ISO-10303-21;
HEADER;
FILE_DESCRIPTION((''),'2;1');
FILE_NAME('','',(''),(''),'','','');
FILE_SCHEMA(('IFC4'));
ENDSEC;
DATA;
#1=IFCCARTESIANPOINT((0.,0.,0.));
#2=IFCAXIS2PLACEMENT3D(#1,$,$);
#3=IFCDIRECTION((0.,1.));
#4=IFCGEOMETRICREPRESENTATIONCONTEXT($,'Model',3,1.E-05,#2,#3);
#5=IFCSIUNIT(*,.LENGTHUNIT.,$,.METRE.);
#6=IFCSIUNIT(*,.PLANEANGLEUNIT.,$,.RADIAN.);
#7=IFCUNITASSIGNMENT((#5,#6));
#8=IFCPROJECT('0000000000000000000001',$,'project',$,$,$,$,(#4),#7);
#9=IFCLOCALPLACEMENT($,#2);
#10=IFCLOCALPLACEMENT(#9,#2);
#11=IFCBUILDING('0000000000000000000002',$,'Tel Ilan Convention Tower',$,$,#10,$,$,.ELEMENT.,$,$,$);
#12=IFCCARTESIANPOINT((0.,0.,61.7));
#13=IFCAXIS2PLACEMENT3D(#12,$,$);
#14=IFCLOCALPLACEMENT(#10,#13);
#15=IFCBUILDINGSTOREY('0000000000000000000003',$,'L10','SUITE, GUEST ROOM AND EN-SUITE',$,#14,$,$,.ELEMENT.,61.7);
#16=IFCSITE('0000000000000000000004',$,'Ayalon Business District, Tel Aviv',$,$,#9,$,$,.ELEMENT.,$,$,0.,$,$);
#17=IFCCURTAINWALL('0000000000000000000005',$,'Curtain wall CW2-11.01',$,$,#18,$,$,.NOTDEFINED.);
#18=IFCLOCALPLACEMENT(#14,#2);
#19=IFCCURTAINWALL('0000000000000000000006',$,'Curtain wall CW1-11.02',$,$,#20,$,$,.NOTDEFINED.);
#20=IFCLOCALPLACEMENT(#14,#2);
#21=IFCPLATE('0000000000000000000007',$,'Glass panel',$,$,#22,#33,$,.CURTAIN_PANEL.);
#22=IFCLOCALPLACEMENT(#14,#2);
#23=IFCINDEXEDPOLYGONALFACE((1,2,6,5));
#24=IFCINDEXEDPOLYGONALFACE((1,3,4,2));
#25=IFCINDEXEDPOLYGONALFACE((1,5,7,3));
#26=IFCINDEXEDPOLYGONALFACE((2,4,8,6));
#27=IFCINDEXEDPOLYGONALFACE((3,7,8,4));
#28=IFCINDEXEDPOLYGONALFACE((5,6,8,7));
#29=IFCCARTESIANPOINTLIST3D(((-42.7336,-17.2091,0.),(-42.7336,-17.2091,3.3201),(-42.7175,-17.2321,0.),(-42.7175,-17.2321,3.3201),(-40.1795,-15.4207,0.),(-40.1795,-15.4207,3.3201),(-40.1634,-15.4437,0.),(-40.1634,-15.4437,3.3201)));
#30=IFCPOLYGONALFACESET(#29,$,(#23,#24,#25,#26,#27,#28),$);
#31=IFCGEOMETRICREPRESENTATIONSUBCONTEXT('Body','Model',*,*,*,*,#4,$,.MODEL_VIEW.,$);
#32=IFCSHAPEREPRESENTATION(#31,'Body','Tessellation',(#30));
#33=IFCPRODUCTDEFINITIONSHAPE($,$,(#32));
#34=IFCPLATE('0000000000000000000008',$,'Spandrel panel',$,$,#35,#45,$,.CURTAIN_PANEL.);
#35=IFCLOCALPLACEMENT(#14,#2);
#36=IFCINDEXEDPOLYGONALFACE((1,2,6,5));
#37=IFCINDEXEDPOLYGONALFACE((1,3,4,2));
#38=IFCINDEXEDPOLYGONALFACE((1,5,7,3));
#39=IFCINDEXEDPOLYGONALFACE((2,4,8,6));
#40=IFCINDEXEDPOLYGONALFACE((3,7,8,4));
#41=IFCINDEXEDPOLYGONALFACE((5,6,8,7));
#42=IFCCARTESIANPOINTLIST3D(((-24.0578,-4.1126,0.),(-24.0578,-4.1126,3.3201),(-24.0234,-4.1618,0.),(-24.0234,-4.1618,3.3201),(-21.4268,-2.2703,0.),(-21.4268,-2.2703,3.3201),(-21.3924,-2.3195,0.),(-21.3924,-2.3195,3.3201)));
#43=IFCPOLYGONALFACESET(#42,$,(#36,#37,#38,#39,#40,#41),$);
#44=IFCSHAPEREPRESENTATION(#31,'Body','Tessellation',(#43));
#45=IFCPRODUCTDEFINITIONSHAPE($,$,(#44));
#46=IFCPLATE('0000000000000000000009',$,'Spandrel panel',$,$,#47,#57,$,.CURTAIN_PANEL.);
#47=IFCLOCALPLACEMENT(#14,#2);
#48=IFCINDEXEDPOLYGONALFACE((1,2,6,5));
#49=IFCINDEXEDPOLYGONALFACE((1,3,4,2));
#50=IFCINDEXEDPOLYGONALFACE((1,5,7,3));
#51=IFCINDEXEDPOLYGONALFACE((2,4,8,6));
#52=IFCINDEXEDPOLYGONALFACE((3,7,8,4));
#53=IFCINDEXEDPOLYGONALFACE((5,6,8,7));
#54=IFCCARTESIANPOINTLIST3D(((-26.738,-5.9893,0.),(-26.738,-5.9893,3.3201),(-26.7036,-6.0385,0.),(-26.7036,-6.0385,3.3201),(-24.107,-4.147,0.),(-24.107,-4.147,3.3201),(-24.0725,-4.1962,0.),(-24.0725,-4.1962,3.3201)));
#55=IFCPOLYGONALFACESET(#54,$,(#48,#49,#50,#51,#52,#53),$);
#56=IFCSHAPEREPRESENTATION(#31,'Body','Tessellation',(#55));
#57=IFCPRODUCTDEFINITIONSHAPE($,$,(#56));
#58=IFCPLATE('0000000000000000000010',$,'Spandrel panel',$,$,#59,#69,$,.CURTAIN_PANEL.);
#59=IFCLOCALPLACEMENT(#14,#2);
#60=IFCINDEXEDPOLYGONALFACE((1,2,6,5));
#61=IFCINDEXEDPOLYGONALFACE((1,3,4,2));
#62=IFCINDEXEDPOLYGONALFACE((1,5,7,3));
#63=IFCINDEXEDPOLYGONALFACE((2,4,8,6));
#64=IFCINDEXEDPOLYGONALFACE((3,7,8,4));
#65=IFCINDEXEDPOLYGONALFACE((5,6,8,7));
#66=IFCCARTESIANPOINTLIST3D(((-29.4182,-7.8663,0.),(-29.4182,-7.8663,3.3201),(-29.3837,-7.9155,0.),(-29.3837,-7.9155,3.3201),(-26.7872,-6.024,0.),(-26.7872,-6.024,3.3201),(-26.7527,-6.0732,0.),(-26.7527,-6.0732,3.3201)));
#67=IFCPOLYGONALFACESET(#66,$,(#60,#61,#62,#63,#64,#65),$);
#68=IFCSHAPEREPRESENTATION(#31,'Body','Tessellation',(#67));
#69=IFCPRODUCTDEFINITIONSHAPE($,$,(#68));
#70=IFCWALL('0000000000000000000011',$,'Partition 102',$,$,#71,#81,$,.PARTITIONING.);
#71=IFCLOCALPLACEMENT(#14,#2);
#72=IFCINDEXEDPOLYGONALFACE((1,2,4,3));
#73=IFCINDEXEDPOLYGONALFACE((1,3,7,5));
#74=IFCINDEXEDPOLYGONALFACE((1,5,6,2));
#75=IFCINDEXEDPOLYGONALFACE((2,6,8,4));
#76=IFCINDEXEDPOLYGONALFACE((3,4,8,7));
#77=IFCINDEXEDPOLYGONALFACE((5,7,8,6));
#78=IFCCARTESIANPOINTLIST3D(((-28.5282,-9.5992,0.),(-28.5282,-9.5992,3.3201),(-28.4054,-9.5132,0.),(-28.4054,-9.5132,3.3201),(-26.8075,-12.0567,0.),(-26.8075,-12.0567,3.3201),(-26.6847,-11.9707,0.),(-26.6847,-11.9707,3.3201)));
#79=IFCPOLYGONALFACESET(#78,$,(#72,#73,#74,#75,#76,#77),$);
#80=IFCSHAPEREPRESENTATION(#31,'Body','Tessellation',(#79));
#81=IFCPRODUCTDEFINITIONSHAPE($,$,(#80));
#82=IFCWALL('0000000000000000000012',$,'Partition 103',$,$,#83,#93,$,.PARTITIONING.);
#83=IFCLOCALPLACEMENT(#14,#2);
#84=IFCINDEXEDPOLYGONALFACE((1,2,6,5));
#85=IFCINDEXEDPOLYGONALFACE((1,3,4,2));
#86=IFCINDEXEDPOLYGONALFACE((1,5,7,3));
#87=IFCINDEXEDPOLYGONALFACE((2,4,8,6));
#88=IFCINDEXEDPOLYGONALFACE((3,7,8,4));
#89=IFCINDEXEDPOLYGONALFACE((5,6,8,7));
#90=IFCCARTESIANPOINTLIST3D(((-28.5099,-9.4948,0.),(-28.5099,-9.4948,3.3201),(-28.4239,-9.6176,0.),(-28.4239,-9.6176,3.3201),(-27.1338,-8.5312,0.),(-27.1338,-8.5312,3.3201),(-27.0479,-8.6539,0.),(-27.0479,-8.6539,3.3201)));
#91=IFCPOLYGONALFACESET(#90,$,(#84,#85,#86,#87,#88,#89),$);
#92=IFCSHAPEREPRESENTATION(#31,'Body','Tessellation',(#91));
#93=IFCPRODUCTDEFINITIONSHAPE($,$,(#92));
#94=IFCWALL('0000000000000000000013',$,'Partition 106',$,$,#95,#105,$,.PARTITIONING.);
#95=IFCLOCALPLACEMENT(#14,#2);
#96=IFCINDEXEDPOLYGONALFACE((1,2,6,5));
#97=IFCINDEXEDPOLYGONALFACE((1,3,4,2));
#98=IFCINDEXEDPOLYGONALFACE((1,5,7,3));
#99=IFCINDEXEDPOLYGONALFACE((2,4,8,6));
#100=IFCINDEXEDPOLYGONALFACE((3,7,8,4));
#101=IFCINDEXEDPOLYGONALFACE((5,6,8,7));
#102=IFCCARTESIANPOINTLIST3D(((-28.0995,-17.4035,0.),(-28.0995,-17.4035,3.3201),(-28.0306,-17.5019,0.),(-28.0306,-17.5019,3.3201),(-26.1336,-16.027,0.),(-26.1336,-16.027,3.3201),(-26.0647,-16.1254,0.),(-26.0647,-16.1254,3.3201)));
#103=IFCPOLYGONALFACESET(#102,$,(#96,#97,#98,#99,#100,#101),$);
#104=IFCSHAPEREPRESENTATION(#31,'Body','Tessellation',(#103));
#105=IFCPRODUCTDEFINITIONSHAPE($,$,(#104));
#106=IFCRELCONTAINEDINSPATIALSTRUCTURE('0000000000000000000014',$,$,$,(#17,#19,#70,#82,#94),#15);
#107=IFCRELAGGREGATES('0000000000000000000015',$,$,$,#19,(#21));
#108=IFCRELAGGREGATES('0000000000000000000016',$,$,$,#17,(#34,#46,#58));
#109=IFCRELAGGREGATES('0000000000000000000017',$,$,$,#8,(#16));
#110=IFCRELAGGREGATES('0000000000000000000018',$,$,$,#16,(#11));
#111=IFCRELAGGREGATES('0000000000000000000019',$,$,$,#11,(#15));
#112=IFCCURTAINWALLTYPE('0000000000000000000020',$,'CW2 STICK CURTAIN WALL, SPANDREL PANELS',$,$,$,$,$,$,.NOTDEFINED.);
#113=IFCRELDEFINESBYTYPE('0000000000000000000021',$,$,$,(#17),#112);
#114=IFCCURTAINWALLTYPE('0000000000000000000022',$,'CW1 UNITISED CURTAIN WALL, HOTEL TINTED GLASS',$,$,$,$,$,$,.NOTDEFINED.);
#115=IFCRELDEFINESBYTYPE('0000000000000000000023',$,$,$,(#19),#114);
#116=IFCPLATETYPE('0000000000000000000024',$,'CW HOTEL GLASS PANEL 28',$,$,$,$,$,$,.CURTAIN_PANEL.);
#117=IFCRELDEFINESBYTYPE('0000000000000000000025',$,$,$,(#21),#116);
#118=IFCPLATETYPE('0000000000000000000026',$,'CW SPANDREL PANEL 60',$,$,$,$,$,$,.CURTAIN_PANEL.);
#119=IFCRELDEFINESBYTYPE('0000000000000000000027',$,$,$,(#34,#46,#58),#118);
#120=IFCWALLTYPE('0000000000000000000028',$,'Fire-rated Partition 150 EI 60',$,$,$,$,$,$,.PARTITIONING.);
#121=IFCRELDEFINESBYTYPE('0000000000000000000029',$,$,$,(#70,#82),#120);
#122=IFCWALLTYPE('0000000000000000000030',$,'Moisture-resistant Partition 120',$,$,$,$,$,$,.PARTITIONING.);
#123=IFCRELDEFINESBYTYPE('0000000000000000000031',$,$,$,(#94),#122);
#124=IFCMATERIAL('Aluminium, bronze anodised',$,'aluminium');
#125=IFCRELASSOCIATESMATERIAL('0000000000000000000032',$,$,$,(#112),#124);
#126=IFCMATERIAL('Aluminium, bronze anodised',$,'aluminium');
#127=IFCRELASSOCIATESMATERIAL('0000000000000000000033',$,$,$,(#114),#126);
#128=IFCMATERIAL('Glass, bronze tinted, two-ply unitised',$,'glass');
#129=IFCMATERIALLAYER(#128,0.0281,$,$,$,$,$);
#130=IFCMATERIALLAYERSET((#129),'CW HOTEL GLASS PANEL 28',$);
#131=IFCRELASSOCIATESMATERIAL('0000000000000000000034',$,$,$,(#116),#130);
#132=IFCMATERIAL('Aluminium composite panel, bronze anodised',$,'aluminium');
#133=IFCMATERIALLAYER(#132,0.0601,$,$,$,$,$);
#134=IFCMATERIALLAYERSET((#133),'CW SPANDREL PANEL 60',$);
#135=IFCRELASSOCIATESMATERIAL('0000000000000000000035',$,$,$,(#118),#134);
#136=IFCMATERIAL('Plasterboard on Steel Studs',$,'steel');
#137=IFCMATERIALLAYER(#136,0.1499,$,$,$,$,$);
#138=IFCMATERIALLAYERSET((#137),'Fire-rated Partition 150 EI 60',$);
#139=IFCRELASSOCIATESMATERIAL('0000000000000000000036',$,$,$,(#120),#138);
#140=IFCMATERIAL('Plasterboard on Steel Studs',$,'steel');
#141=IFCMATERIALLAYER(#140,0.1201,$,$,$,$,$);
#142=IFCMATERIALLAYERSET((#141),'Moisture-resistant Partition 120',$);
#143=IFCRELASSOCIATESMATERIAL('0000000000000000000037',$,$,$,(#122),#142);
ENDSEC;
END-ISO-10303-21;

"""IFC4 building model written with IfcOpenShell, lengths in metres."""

from ifc_helpers import new_model, si_unit, direction, frame, frame_2d, origin, origin_2d, place, context, subcontext, project, spatial, rectangle, extrude, material, layer, layer_set, type_object, element, aggregate, save


model = new_model("IFC4")

# Units and contexts
model_context = context("Model", 3, precision=1e-05, world=origin(), true_north=direction((0.0, 1.0)))
body_context = subcontext(model_context, "Body", "Model", "MODEL_VIEW")
ifc_project = project(units=[si_unit("LENGTHUNIT", "METRE"), si_unit("PLANEANGLEUNIT", "RADIAN")], contexts=[model_context])

# Site, building, storey
site_placement = place(None, origin())
site = spatial("IfcSite", under=ifc_project, at=site_placement, Name="Ayalon Business District, Tel Aviv", CompositionType="ELEMENT", RefElevation=0.0)
building_placement = place(site_placement, origin())
building = spatial("IfcBuilding", under=site, at=building_placement, Name="Tel Ilan Convention Tower", CompositionType="ELEMENT")
storey_placement = place(building_placement, frame((0.0, 0.0, 61.7)))
storey = spatial("IfcBuildingStorey", under=building, at=storey_placement, Name="L10", Description="SUITE, GUEST ROOM AND EN-SUITE", CompositionType="ELEMENT", Elevation=61.7)

# Curtain wall
ifc_material_1 = material(Name="Aluminium, bronze anodised", Category="aluminium")
curtain_wall_type_1 = type_object("IfcCurtainWallType", Name="CW2 STICK CURTAIN WALL, SPANDREL PANELS", PredefinedType="NOTDEFINED", material=ifc_material_1)
curtain_wall_1_placement = place(storey_placement, origin())
curtain_wall_1 = element("IfcCurtainWall", 1, at=curtain_wall_1_placement, inside=storey, type_object=curtain_wall_type_1, Name="Curtain wall CW2-11.01", PredefinedType="NOTDEFINED")

# Curtain wall, plate
ifc_material_2 = material(Name="Aluminium, bronze anodised", Category="aluminium")
curtain_wall_type_2 = type_object("IfcCurtainWallType", Name="CW1 UNITISED CURTAIN WALL, HOTEL TINTED GLASS", PredefinedType="NOTDEFINED", material=ifc_material_2)
curtain_wall_2_placement = place(storey_placement, origin())
curtain_wall_2 = element("IfcCurtainWall", 2, at=curtain_wall_2_placement, inside=storey, type_object=curtain_wall_type_2, Name="Curtain wall CW1-11.02", PredefinedType="NOTDEFINED")
ifc_material_3 = material(Name="Glass, bronze tinted, two-ply unitised", Category="glass")
ifc_layer_1 = layer(ifc_material_3, 0.0281)
ifc_layer_set_1 = layer_set([ifc_layer_1], Name="CW HOTEL GLASS PANEL 28")
plate_type_1 = type_object("IfcPlateType", Name="CW HOTEL GLASS PANEL 28", PredefinedType="CURTAIN_PANEL", material=ifc_layer_set_1)
plate_1_placement = place(storey_placement, frame((-41.4485, -16.3264, 0.0), z_axis=(0.0, 0.0, 1.0), x_axis=(-0.819152, -0.573576, 0.0)))
plate_1 = element("IfcPlate", 3, at=plate_1_placement, type_object=plate_type_1, Name="Glass panel", PredefinedType="CURTAIN_PANEL", context=body_context, shape_type="SweptSolid", body=[
    extrude(rectangle(XDim=3.1179, YDim=0.0281, at=origin_2d()), origin(), (0.0, 0.0, 1.0), 3.3201),
])
aggregate(curtain_wall_2, [plate_1])

# Plates
ifc_material_4 = material(Name="Aluminium composite panel, bronze anodised", Category="aluminium")
ifc_layer_2 = layer(ifc_material_4, 0.0601)
ifc_layer_set_2 = layer_set([ifc_layer_2], Name="CW SPANDREL PANEL 60")
plate_type_2 = type_object("IfcPlateType", Name="CW SPANDREL PANEL 60", PredefinedType="CURTAIN_PANEL", material=ifc_layer_set_2)
plate_2_placement = place(storey_placement, frame((-22.7251, -3.2161, 0.0), z_axis=(0.0, 0.0, 1.0), x_axis=(-0.819152, -0.573576, 0.0)))
plate_2 = element("IfcPlate", 4, at=plate_2_placement, type_object=plate_type_2, Name="Spandrel panel", PredefinedType="CURTAIN_PANEL", context=body_context, shape_type="SweptSolid", body=[
    extrude(rectangle(XDim=3.2119, YDim=0.0601, at=origin_2d()), origin(), (0.0, 0.0, 1.0), 3.3201),
])
plate_3_placement = place(storey_placement, frame((-25.4053, -5.0928, 0.0), z_axis=(0.0, 0.0, 1.0), x_axis=(-0.819152, -0.573576, 0.0)))
plate_3 = element("IfcPlate", 5, at=plate_3_placement, type_object=plate_type_2, Name="Spandrel panel", PredefinedType="CURTAIN_PANEL", context=body_context, shape_type="SweptSolid", body=[
    extrude(rectangle(XDim=3.2119, YDim=0.0601, at=origin_2d()), origin(), (0.0, 0.0, 1.0), 3.3201),
])
plate_4_placement = place(storey_placement, frame((-28.0854, -6.9697, 0.0), z_axis=(0.0, 0.0, 1.0), x_axis=(-0.819152, -0.573576, 0.0)))
plate_4 = element("IfcPlate", 6, at=plate_4_placement, type_object=plate_type_2, Name="Spandrel panel", PredefinedType="CURTAIN_PANEL", context=body_context, shape_type="SweptSolid", body=[
    extrude(rectangle(XDim=3.2119, YDim=0.0601, at=origin_2d()), origin(), (0.0, 0.0, 1.0), 3.3201),
])
aggregate(curtain_wall_1, [plate_2, plate_3, plate_4])

# Walls
ifc_material_5 = material(Name="Plasterboard on Steel Studs", Category="steel")
ifc_layer_3 = layer(ifc_material_5, 0.1499)
ifc_layer_set_3 = layer_set([ifc_layer_3], Name="Fire-rated Partition 150 EI 60")
wall_type_1 = type_object("IfcWallType", Name="Fire-rated Partition 150 EI 60", PredefinedType="PARTITIONING", material=ifc_layer_set_3)
wall_1_placement = place(storey_placement, frame((-26.7461, -12.0137, 0.0), z_axis=(0.0, 0.0, 1.0), x_axis=(-0.573561, 0.819163, 0.0)))
element("IfcWall", 7, at=wall_1_placement, inside=storey, type_object=wall_type_1, Name="Partition 102", PredefinedType="PARTITIONING", context=body_context, shape_type="SweptSolid", body=[
    extrude(rectangle(XDim=3.0, YDim=0.1499, at=frame_2d((1.5, 0.0))), origin(), (0.0, 0.0, 1.0), 3.3201),
])
wall_2_placement = place(storey_placement, frame((-28.4668, -9.5562, 0.0), z_axis=(0.0, 0.0, 1.0), x_axis=(0.819109, 0.573638, 0.0)))
element("IfcWall", 8, at=wall_2_placement, inside=storey, type_object=wall_type_1, Name="Partition 103", PredefinedType="PARTITIONING", context=body_context, shape_type="SweptSolid", body=[
    extrude(rectangle(XDim=1.6799, YDim=0.1499, at=frame_2d((0.8398, 0.0))), origin(), (0.0, 0.0, 1.0), 3.3201),
])
ifc_material_6 = material(Name="Plasterboard on Steel Studs", Category="steel")
ifc_layer_4 = layer(ifc_material_6, 0.1201)
ifc_layer_set_4 = layer_set([ifc_layer_4], Name="Moisture-resistant Partition 120")
wall_type_2 = type_object("IfcWallType", Name="Moisture-resistant Partition 120", PredefinedType="PARTITIONING", material=ifc_layer_set_4)
wall_3_placement = place(storey_placement, frame((-26.0991, -16.0762, 0.0), z_axis=(0.0, 0.0, 1.0), x_axis=(-0.819155, -0.573572, 0.0)))
element("IfcWall", 9, at=wall_3_placement, inside=storey, type_object=wall_type_2, Name="Partition 106", PredefinedType="PARTITIONING", context=body_context, shape_type="SweptSolid", body=[
    extrude(rectangle(XDim=2.3999, YDim=0.1201, at=frame_2d((1.2, 0.0))), origin(), (0.0, 0.0, 1.0), 3.3201),
])

save(model, "model.ifc")
